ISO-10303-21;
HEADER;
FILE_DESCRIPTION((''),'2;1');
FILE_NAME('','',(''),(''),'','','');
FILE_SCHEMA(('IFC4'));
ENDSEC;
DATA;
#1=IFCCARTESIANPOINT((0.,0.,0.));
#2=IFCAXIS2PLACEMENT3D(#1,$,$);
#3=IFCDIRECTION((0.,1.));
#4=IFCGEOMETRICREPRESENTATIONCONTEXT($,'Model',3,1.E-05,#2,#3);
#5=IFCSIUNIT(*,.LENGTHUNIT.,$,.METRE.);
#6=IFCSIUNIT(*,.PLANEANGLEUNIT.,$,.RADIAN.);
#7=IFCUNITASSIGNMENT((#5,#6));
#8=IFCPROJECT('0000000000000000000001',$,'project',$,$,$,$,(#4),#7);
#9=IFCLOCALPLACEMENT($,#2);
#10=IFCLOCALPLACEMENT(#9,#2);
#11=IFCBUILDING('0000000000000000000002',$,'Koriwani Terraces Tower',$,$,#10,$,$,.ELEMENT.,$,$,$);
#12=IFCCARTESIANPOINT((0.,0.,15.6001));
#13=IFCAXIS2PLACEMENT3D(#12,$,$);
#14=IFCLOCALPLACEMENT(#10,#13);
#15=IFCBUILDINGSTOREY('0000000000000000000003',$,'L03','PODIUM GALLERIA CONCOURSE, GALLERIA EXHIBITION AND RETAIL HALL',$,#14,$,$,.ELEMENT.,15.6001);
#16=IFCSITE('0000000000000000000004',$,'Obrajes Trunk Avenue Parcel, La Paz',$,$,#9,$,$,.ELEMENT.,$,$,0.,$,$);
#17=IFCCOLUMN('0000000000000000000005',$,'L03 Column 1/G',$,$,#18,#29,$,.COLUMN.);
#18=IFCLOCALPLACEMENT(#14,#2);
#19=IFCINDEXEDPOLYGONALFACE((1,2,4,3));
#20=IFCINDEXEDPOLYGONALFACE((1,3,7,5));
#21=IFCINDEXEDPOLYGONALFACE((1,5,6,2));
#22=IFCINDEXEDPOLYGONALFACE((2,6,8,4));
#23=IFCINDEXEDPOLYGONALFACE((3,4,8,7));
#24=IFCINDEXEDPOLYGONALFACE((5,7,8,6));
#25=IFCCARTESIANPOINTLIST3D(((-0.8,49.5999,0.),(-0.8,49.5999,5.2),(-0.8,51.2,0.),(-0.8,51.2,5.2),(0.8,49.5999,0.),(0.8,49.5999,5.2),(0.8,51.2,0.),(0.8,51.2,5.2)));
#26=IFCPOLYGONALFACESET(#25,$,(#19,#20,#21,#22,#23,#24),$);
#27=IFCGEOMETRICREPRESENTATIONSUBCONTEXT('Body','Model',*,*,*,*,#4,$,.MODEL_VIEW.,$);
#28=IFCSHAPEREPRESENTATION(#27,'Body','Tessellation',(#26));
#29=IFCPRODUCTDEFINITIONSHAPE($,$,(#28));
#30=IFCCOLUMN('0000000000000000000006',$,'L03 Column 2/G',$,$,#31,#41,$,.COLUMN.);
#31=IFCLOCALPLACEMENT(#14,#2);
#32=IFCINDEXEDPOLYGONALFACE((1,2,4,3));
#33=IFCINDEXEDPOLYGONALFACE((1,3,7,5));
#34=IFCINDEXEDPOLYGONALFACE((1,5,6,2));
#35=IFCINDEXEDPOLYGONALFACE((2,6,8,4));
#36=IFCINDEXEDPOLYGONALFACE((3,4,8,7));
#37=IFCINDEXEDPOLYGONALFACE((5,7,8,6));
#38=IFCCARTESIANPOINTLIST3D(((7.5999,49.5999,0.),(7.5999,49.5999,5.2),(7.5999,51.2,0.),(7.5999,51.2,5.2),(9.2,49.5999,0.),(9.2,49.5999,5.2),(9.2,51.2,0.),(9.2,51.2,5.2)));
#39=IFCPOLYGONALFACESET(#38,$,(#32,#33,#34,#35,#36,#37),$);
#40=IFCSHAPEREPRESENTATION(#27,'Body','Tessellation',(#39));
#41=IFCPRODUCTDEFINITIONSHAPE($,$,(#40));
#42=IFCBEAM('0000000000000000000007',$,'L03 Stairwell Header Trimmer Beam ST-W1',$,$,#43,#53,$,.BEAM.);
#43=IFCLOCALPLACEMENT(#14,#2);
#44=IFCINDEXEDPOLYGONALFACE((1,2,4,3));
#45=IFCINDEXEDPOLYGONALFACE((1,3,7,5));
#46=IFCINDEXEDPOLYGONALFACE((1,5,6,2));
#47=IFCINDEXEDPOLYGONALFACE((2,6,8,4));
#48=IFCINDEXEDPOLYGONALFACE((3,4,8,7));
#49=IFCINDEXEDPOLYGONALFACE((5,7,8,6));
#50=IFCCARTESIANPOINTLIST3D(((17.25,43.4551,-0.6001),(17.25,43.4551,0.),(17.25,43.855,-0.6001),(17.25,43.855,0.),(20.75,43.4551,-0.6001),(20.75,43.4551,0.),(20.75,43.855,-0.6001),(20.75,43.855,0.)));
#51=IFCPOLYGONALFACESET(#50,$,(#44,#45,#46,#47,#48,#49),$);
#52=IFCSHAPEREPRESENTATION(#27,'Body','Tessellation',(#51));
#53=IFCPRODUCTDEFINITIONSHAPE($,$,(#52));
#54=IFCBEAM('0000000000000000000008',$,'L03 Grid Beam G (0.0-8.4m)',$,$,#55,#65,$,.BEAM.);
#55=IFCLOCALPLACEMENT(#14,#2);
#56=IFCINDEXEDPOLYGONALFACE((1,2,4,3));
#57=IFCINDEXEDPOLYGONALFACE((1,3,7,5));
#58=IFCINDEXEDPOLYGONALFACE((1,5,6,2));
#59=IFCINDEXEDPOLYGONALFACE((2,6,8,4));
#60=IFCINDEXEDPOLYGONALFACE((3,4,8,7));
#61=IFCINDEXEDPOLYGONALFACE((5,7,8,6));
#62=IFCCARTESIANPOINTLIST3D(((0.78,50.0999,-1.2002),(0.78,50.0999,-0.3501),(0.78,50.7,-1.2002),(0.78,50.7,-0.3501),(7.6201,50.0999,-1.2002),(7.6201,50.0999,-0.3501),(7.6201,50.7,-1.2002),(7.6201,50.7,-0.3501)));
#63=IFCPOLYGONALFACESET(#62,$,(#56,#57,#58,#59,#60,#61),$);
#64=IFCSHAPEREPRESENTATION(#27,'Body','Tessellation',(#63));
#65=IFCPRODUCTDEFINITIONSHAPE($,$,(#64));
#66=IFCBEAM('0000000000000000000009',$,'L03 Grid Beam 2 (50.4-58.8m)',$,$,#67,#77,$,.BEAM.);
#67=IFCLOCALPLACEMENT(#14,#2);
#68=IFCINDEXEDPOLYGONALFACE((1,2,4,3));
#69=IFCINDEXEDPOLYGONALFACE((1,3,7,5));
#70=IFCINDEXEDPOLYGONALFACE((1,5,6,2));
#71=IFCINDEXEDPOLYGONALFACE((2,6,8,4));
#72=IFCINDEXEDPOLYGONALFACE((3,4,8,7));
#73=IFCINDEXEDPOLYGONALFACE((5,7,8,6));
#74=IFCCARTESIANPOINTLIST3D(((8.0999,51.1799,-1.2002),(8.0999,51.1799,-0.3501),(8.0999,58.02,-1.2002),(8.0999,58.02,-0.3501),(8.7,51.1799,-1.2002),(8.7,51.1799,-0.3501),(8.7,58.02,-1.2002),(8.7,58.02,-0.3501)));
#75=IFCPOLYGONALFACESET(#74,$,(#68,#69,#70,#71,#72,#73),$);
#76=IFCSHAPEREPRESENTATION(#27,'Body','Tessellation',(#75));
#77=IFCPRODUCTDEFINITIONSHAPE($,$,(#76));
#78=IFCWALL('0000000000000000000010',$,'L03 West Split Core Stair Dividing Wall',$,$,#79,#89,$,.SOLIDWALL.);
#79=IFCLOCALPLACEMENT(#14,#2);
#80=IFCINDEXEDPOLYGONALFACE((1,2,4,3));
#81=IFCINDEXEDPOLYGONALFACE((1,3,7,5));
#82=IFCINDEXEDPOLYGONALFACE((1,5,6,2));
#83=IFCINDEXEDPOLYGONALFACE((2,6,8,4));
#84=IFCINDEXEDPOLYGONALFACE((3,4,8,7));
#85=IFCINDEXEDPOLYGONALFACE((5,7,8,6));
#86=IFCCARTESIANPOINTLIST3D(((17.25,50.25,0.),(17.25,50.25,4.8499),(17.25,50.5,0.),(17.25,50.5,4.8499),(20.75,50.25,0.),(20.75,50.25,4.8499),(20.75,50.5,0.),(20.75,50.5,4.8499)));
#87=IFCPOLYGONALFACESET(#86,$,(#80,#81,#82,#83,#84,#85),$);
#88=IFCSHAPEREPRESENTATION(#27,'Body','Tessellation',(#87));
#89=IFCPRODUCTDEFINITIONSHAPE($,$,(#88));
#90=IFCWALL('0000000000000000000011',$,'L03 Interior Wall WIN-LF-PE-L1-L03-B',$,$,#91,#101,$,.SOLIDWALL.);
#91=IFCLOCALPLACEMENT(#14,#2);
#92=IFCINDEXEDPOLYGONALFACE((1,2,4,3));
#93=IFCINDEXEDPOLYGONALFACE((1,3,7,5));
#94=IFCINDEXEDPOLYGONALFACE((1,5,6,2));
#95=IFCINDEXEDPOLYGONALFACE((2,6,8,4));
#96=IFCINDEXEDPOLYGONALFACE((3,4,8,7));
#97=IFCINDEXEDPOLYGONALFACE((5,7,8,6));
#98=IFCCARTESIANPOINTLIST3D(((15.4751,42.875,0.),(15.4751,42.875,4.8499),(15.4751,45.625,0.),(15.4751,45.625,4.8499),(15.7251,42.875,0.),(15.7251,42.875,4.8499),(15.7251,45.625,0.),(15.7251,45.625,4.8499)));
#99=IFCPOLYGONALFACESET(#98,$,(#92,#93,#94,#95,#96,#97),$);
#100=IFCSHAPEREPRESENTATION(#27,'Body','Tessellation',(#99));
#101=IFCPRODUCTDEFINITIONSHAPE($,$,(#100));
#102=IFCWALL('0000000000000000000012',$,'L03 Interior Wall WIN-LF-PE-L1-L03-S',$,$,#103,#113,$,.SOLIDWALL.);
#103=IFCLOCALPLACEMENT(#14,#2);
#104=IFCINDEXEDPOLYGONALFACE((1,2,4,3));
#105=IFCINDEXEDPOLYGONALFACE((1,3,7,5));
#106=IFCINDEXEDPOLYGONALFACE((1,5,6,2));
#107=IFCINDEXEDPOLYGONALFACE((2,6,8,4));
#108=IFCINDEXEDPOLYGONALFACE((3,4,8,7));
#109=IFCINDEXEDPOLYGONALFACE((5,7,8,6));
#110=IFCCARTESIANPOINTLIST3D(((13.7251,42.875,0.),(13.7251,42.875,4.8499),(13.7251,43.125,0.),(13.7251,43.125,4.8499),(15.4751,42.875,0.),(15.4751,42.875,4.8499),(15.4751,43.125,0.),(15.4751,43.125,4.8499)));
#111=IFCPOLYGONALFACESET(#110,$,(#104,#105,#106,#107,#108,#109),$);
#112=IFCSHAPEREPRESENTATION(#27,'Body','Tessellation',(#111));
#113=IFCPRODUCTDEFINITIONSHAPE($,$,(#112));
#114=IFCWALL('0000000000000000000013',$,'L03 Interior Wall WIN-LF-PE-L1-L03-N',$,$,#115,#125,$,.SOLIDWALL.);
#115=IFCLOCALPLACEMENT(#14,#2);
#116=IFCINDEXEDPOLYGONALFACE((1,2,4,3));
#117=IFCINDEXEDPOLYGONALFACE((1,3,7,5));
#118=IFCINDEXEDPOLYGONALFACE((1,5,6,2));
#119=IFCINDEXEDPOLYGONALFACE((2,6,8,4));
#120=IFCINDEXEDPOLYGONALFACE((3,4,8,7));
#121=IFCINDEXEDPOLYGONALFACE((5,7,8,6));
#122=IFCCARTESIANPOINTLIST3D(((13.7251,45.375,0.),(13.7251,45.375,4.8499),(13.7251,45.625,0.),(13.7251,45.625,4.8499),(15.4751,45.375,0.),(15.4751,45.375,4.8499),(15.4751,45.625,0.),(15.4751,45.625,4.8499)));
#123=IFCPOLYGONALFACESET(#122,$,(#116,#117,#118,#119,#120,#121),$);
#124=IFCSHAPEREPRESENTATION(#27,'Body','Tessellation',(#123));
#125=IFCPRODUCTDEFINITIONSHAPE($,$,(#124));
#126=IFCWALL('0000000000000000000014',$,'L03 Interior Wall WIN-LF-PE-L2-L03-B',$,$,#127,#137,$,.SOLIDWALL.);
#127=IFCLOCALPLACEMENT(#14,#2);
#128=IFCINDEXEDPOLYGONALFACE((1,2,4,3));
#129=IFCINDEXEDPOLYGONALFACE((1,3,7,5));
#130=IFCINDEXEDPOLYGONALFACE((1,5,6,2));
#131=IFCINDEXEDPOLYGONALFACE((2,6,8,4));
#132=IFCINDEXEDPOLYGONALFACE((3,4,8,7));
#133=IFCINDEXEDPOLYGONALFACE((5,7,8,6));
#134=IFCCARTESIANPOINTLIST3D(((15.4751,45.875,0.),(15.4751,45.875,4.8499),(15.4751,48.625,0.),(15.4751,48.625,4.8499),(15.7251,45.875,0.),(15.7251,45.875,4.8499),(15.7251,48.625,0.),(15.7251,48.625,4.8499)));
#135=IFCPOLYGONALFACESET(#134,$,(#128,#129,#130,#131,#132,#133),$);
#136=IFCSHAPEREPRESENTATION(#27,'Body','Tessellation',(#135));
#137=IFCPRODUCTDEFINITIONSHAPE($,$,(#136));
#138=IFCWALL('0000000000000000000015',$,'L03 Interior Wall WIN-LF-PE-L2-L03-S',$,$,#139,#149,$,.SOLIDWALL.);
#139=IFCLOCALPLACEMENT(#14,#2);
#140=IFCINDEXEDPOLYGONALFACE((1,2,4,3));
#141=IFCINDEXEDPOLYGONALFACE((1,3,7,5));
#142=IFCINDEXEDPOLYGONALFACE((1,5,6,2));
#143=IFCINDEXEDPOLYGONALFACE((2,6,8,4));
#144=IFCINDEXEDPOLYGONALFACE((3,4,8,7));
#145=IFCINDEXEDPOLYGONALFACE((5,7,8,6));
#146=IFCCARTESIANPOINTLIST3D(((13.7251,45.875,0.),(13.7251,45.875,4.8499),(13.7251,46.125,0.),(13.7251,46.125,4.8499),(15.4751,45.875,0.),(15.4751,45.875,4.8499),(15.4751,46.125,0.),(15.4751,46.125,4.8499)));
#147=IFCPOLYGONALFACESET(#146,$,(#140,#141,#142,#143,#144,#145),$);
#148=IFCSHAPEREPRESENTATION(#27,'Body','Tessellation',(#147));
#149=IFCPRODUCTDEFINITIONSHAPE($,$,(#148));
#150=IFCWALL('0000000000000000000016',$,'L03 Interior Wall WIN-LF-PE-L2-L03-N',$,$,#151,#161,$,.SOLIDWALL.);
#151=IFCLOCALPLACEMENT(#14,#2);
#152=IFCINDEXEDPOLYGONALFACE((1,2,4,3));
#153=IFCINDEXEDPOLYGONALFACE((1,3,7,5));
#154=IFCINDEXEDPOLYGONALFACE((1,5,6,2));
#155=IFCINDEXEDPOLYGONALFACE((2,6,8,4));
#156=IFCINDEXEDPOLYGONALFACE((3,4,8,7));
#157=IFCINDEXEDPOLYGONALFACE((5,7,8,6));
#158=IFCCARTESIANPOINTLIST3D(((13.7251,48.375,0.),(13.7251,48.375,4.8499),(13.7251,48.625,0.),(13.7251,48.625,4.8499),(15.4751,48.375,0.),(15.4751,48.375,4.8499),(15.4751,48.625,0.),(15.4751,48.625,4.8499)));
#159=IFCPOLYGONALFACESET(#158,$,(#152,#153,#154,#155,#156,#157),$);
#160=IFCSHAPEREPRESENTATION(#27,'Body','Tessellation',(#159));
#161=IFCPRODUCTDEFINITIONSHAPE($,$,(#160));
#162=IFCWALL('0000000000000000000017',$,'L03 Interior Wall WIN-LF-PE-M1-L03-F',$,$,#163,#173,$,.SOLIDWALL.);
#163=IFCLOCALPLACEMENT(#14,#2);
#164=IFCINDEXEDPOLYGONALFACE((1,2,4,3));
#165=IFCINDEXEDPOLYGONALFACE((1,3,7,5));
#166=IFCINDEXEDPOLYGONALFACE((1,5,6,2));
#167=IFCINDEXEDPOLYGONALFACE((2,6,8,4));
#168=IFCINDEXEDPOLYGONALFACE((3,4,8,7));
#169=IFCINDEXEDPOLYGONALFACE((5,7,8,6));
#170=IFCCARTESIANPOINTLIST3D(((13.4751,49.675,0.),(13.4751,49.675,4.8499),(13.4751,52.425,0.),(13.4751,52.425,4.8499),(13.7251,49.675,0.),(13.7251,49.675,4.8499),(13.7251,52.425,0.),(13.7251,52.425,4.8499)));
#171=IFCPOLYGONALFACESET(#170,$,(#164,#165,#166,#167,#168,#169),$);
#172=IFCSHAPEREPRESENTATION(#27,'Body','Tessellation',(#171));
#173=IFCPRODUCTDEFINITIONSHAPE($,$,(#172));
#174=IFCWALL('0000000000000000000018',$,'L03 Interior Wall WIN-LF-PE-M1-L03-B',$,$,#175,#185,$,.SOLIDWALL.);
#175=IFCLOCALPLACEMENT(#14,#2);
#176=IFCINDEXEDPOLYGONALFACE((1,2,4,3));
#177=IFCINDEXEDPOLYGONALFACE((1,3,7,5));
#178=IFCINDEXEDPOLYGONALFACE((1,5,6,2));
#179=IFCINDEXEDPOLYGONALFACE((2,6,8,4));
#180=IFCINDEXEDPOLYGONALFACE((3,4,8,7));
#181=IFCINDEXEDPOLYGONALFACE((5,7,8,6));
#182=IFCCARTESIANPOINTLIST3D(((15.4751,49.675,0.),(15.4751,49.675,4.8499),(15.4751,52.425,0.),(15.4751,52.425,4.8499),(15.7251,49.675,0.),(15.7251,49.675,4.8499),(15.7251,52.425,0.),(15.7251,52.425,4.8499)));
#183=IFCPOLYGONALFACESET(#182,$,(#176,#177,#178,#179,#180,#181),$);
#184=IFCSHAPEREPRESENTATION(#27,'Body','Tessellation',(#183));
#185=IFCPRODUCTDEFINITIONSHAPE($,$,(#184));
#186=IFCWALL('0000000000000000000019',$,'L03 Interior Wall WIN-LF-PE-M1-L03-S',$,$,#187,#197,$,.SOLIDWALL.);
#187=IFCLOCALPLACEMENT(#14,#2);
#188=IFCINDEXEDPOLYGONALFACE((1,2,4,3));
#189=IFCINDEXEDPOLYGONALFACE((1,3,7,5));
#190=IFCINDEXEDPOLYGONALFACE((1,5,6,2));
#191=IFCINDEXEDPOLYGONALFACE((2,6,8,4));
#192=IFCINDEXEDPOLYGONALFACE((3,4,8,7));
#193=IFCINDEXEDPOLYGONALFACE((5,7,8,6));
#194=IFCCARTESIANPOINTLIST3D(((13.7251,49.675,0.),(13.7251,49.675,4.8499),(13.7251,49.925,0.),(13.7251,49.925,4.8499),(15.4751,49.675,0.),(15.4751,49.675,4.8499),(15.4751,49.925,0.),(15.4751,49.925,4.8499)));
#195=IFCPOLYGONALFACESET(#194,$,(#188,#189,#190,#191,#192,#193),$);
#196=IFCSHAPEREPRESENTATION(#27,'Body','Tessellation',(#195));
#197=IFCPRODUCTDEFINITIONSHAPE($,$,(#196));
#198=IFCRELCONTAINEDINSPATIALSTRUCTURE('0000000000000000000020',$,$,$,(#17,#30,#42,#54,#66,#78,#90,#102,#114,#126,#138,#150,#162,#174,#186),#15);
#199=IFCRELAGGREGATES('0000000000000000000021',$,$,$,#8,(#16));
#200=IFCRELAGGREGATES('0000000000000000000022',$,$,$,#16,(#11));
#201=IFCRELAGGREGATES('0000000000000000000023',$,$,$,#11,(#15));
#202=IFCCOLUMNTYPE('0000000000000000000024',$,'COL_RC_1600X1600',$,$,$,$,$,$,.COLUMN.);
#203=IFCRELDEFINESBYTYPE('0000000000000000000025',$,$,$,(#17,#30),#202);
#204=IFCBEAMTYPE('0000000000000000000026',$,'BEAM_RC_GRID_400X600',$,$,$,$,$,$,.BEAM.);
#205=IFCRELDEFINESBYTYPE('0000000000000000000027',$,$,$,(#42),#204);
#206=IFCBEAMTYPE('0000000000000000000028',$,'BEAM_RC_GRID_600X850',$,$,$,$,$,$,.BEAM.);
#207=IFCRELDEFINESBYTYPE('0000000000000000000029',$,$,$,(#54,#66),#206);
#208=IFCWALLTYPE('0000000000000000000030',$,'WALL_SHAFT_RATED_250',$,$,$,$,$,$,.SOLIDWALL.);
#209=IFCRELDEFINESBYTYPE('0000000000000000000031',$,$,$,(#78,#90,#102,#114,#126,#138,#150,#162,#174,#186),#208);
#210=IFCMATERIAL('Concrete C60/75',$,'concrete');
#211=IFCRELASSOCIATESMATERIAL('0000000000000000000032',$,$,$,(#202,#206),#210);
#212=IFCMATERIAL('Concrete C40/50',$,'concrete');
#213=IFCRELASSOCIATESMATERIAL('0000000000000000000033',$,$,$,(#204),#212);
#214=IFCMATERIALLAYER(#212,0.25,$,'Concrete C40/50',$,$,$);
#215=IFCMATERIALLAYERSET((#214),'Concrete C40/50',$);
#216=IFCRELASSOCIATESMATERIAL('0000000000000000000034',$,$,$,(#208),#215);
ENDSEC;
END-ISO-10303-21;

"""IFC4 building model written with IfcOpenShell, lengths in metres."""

from ifc_helpers import new_model, si_unit, direction, frame, frame_2d, origin, origin_2d, place, context, subcontext, project, spatial, rectangle, extrude, material, layer, layer_set, material_profile, profile_set, type_object, element, save


model = new_model("IFC4")

# Units and contexts
model_context = context("Model", 3, precision=1e-05, world=origin(), true_north=direction((0.0, 1.0)))
body_context = subcontext(model_context, "Body", "Model", "MODEL_VIEW")
ifc_project = project(units=[si_unit("LENGTHUNIT", "METRE"), si_unit("PLANEANGLEUNIT", "RADIAN")], contexts=[model_context])

# Site, building, storey
site_placement = place(None, origin())
site = spatial("IfcSite", under=ifc_project, at=site_placement, Name="Obrajes Trunk Avenue Parcel, La Paz", CompositionType="ELEMENT", RefElevation=0.0)
building_placement = place(site_placement, origin())
building = spatial("IfcBuilding", under=site, at=building_placement, Name="Koriwani Terraces Tower", CompositionType="ELEMENT")
storey_placement = place(building_placement, frame((0.0, 0.0, 15.6001)))
storey = spatial("IfcBuildingStorey", under=building, at=storey_placement, Name="L03", Description="PODIUM GALLERIA CONCOURSE, GALLERIA EXHIBITION AND RETAIL HALL", CompositionType="ELEMENT", Elevation=15.6001)

# Columns
ifc_material_1 = material(Name="Concrete C60/75", Category="concrete")
ifc_material_profile_1 = material_profile(ifc_material_1, rectangle(XDim=1.6001, YDim=1.6001, at=origin_2d()), Name="Concrete C60/75", Category="LoadBearing")
ifc_profile_set_1 = profile_set([ifc_material_profile_1], Name="Concrete C60/75")
column_type = type_object("IfcColumnType", Name="COL_RC_1600X1600", PredefinedType="COLUMN", material=ifc_profile_set_1)
for number, where, z_axis, x_axis, name in (
    (1, (0.0, 50.3999, 0.0), (0.0, 0.0, 1.0), (1.0, 0.0, 0.0), "L03 Column 1/G"),
    (2, (8.3999, 50.3999, 0.0), (0.0, 0.0, 1.0), (1.0, 0.0, 0.0), "L03 Column 2/G"),
):
    element("IfcColumn", number, at=place(storey_placement, frame(where, z_axis=z_axis, x_axis=x_axis)), inside=storey, type_object=column_type, Name=name, PredefinedType="COLUMN", context=body_context, shape_type="SweptSolid", body=[
        extrude(rectangle(XDim=1.6001, YDim=1.6001, at=origin_2d()), origin(), (0.0, 0.0, 1.0), 5.2),
    ])

# Beams
ifc_material_2 = material(Name="Concrete C40/50", Category="concrete")
ifc_material_profile_2 = material_profile(ifc_material_2, rectangle(XDim=0.3999, YDim=0.6001, at=origin_2d()), Name="Concrete C40/50", Category="LoadBearing")
ifc_profile_set_2 = profile_set([ifc_material_profile_2], Name="Concrete C40/50")
beam_type_1 = type_object("IfcBeamType", Name="BEAM_RC_GRID_400X600", PredefinedType="BEAM", material=ifc_profile_set_2)
beam_placement = place(storey_placement, frame((17.25, 43.655, -0.3), z_axis=(1.0, 0.0, 0.0), x_axis=(0.0, 1.0, 0.0)))
element("IfcBeam", 3, at=beam_placement, inside=storey, type_object=beam_type_1, Name="L03 Stairwell Header Trimmer Beam ST-W1", PredefinedType="BEAM", context=body_context, shape_type="SweptSolid", body=[
    extrude(rectangle(XDim=0.3999, YDim=0.6001, at=origin_2d()), origin(), (0.0, 0.0, 1.0), 3.5),
])
ifc_material_profile_3 = material_profile(ifc_material_1, rectangle(XDim=0.6001, YDim=0.8501, at=origin_2d()), Name="Concrete C60/75", Category="LoadBearing")
ifc_profile_set_3 = profile_set([ifc_material_profile_3], Name="Concrete C60/75")
beam_type_2 = type_object("IfcBeamType", Name="BEAM_RC_GRID_600X850", PredefinedType="BEAM", material=ifc_profile_set_3)
for number, where, z_axis, x_axis, name in (
    (4, (0.78, 50.3999, -0.7751), (1.0, 0.0, 0.0), (0.0, 1.0, 0.0), "L03 Grid Beam G (0.0-8.4m)"),
    (5, (8.3999, 51.1799, -0.7751), (0.0, 1.0, 0.0), (-1.0, 0.0, 0.0), "L03 Grid Beam 2 (50.4-58.8m)"),
):
    element("IfcBeam", number, at=place(storey_placement, frame(where, z_axis=z_axis, x_axis=x_axis)), inside=storey, type_object=beam_type_2, Name=name, PredefinedType="BEAM", context=body_context, shape_type="SweptSolid", body=[
        extrude(rectangle(XDim=0.6001, YDim=0.8501, at=origin_2d()), origin(), (0.0, 0.0, 1.0), 6.8401),
    ])

# Walls
ifc_layer_1 = layer(ifc_material_2, 0.25, Name="Concrete C40/50")
ifc_layer_set_1 = layer_set([ifc_layer_1], Name="Concrete C40/50")
wall_type = type_object("IfcWallType", Name="WALL_SHAFT_RATED_250", PredefinedType="SOLIDWALL", material=ifc_layer_set_1)
wall_1_placement = place(storey_placement, frame((17.25, 50.375, 0.0), z_axis=(0.0, 0.0, 1.0), x_axis=(1.0, 0.0, 0.0)))
element("IfcWall", 6, at=wall_1_placement, inside=storey, type_object=wall_type, Name="L03 West Split Core Stair Dividing Wall", PredefinedType="SOLIDWALL", context=body_context, shape_type="SweptSolid", body=[
    extrude(rectangle(XDim=3.5, YDim=0.25, at=frame_2d((1.75, 0.0))), origin(), (0.0, 0.0, 1.0), 4.8499),
])
wall_2_placement = place(storey_placement, frame((15.6001, 42.875, 0.0), z_axis=(0.0, 0.0, 1.0), x_axis=(0.0, 1.0, 0.0)))
element("IfcWall", 7, at=wall_2_placement, inside=storey, type_object=wall_type, Name="L03 Interior Wall WIN-LF-PE-L1-L03-B", PredefinedType="SOLIDWALL", context=body_context, shape_type="SweptSolid", body=[
    extrude(rectangle(XDim=2.75, YDim=0.25, at=frame_2d((1.375, 0.0))), origin(), (0.0, 0.0, 1.0), 4.8499),
])
for number, where, z_axis, x_axis, name in (
    (8, (13.7251, 43.0, 0.0), (0.0, 0.0, 1.0), (1.0, 0.0, 0.0), "L03 Interior Wall WIN-LF-PE-L1-L03-S"),
    (9, (13.7251, 45.5, 0.0), (0.0, 0.0, 1.0), (1.0, 0.0, 0.0), "L03 Interior Wall WIN-LF-PE-L1-L03-N"),
):
    element("IfcWall", number, at=place(storey_placement, frame(where, z_axis=z_axis, x_axis=x_axis)), inside=storey, type_object=wall_type, Name=name, PredefinedType="SOLIDWALL", context=body_context, shape_type="SweptSolid", body=[
        extrude(rectangle(XDim=1.75, YDim=0.25, at=frame_2d((0.875, 0.0))), origin(), (0.0, 0.0, 1.0), 4.8499),
    ])

# Walls
wall_3_placement = place(storey_placement, frame((15.6001, 45.875, 0.0), z_axis=(0.0, 0.0, 1.0), x_axis=(0.0, 1.0, 0.0)))
element("IfcWall", 10, at=wall_3_placement, inside=storey, type_object=wall_type, Name="L03 Interior Wall WIN-LF-PE-L2-L03-B", PredefinedType="SOLIDWALL", context=body_context, shape_type="SweptSolid", body=[
    extrude(rectangle(XDim=2.75, YDim=0.25, at=frame_2d((1.375, 0.0))), origin(), (0.0, 0.0, 1.0), 4.8499),
])
for number, where, z_axis, x_axis, name in (
    (11, (13.7251, 46.0, 0.0), (0.0, 0.0, 1.0), (1.0, 0.0, 0.0), "L03 Interior Wall WIN-LF-PE-L2-L03-S"),
    (12, (13.7251, 48.5, 0.0), (0.0, 0.0, 1.0), (1.0, 0.0, 0.0), "L03 Interior Wall WIN-LF-PE-L2-L03-N"),
):
    element("IfcWall", number, at=place(storey_placement, frame(where, z_axis=z_axis, x_axis=x_axis)), inside=storey, type_object=wall_type, Name=name, PredefinedType="SOLIDWALL", context=body_context, shape_type="SweptSolid", body=[
        extrude(rectangle(XDim=1.75, YDim=0.25, at=frame_2d((0.875, 0.0))), origin(), (0.0, 0.0, 1.0), 4.8499),
    ])
for number, where, z_axis, x_axis, name in (
    (13, (13.6001, 49.675, 0.0), (0.0, 0.0, 1.0), (0.0, 1.0, 0.0), "L03 Interior Wall WIN-LF-PE-M1-L03-F"),
    (14, (15.6001, 49.675, 0.0), (0.0, 0.0, 1.0), (0.0, 1.0, 0.0), "L03 Interior Wall WIN-LF-PE-M1-L03-B"),
):
    element("IfcWall", number, at=place(storey_placement, frame(where, z_axis=z_axis, x_axis=x_axis)), inside=storey, type_object=wall_type, Name=name, PredefinedType="SOLIDWALL", context=body_context, shape_type="SweptSolid", body=[
        extrude(rectangle(XDim=2.75, YDim=0.25, at=frame_2d((1.375, 0.0))), origin(), (0.0, 0.0, 1.0), 4.8499),
    ])
for number, where, z_axis, x_axis, name in (
    (15, (13.7251, 49.8, 0.0), (0.0, 0.0, 1.0), (1.0, 0.0, 0.0), "L03 Interior Wall WIN-LF-PE-M1-L03-S"),
):
    element("IfcWall", number, at=place(storey_placement, frame(where, z_axis=z_axis, x_axis=x_axis)), inside=storey, type_object=wall_type, Name=name, PredefinedType="SOLIDWALL", context=body_context, shape_type="SweptSolid", body=[
        extrude(rectangle(XDim=1.75, YDim=0.25, at=frame_2d((0.875, 0.0))), origin(), (0.0, 0.0, 1.0), 4.8499),
    ])

save(model, "model.ifc")
